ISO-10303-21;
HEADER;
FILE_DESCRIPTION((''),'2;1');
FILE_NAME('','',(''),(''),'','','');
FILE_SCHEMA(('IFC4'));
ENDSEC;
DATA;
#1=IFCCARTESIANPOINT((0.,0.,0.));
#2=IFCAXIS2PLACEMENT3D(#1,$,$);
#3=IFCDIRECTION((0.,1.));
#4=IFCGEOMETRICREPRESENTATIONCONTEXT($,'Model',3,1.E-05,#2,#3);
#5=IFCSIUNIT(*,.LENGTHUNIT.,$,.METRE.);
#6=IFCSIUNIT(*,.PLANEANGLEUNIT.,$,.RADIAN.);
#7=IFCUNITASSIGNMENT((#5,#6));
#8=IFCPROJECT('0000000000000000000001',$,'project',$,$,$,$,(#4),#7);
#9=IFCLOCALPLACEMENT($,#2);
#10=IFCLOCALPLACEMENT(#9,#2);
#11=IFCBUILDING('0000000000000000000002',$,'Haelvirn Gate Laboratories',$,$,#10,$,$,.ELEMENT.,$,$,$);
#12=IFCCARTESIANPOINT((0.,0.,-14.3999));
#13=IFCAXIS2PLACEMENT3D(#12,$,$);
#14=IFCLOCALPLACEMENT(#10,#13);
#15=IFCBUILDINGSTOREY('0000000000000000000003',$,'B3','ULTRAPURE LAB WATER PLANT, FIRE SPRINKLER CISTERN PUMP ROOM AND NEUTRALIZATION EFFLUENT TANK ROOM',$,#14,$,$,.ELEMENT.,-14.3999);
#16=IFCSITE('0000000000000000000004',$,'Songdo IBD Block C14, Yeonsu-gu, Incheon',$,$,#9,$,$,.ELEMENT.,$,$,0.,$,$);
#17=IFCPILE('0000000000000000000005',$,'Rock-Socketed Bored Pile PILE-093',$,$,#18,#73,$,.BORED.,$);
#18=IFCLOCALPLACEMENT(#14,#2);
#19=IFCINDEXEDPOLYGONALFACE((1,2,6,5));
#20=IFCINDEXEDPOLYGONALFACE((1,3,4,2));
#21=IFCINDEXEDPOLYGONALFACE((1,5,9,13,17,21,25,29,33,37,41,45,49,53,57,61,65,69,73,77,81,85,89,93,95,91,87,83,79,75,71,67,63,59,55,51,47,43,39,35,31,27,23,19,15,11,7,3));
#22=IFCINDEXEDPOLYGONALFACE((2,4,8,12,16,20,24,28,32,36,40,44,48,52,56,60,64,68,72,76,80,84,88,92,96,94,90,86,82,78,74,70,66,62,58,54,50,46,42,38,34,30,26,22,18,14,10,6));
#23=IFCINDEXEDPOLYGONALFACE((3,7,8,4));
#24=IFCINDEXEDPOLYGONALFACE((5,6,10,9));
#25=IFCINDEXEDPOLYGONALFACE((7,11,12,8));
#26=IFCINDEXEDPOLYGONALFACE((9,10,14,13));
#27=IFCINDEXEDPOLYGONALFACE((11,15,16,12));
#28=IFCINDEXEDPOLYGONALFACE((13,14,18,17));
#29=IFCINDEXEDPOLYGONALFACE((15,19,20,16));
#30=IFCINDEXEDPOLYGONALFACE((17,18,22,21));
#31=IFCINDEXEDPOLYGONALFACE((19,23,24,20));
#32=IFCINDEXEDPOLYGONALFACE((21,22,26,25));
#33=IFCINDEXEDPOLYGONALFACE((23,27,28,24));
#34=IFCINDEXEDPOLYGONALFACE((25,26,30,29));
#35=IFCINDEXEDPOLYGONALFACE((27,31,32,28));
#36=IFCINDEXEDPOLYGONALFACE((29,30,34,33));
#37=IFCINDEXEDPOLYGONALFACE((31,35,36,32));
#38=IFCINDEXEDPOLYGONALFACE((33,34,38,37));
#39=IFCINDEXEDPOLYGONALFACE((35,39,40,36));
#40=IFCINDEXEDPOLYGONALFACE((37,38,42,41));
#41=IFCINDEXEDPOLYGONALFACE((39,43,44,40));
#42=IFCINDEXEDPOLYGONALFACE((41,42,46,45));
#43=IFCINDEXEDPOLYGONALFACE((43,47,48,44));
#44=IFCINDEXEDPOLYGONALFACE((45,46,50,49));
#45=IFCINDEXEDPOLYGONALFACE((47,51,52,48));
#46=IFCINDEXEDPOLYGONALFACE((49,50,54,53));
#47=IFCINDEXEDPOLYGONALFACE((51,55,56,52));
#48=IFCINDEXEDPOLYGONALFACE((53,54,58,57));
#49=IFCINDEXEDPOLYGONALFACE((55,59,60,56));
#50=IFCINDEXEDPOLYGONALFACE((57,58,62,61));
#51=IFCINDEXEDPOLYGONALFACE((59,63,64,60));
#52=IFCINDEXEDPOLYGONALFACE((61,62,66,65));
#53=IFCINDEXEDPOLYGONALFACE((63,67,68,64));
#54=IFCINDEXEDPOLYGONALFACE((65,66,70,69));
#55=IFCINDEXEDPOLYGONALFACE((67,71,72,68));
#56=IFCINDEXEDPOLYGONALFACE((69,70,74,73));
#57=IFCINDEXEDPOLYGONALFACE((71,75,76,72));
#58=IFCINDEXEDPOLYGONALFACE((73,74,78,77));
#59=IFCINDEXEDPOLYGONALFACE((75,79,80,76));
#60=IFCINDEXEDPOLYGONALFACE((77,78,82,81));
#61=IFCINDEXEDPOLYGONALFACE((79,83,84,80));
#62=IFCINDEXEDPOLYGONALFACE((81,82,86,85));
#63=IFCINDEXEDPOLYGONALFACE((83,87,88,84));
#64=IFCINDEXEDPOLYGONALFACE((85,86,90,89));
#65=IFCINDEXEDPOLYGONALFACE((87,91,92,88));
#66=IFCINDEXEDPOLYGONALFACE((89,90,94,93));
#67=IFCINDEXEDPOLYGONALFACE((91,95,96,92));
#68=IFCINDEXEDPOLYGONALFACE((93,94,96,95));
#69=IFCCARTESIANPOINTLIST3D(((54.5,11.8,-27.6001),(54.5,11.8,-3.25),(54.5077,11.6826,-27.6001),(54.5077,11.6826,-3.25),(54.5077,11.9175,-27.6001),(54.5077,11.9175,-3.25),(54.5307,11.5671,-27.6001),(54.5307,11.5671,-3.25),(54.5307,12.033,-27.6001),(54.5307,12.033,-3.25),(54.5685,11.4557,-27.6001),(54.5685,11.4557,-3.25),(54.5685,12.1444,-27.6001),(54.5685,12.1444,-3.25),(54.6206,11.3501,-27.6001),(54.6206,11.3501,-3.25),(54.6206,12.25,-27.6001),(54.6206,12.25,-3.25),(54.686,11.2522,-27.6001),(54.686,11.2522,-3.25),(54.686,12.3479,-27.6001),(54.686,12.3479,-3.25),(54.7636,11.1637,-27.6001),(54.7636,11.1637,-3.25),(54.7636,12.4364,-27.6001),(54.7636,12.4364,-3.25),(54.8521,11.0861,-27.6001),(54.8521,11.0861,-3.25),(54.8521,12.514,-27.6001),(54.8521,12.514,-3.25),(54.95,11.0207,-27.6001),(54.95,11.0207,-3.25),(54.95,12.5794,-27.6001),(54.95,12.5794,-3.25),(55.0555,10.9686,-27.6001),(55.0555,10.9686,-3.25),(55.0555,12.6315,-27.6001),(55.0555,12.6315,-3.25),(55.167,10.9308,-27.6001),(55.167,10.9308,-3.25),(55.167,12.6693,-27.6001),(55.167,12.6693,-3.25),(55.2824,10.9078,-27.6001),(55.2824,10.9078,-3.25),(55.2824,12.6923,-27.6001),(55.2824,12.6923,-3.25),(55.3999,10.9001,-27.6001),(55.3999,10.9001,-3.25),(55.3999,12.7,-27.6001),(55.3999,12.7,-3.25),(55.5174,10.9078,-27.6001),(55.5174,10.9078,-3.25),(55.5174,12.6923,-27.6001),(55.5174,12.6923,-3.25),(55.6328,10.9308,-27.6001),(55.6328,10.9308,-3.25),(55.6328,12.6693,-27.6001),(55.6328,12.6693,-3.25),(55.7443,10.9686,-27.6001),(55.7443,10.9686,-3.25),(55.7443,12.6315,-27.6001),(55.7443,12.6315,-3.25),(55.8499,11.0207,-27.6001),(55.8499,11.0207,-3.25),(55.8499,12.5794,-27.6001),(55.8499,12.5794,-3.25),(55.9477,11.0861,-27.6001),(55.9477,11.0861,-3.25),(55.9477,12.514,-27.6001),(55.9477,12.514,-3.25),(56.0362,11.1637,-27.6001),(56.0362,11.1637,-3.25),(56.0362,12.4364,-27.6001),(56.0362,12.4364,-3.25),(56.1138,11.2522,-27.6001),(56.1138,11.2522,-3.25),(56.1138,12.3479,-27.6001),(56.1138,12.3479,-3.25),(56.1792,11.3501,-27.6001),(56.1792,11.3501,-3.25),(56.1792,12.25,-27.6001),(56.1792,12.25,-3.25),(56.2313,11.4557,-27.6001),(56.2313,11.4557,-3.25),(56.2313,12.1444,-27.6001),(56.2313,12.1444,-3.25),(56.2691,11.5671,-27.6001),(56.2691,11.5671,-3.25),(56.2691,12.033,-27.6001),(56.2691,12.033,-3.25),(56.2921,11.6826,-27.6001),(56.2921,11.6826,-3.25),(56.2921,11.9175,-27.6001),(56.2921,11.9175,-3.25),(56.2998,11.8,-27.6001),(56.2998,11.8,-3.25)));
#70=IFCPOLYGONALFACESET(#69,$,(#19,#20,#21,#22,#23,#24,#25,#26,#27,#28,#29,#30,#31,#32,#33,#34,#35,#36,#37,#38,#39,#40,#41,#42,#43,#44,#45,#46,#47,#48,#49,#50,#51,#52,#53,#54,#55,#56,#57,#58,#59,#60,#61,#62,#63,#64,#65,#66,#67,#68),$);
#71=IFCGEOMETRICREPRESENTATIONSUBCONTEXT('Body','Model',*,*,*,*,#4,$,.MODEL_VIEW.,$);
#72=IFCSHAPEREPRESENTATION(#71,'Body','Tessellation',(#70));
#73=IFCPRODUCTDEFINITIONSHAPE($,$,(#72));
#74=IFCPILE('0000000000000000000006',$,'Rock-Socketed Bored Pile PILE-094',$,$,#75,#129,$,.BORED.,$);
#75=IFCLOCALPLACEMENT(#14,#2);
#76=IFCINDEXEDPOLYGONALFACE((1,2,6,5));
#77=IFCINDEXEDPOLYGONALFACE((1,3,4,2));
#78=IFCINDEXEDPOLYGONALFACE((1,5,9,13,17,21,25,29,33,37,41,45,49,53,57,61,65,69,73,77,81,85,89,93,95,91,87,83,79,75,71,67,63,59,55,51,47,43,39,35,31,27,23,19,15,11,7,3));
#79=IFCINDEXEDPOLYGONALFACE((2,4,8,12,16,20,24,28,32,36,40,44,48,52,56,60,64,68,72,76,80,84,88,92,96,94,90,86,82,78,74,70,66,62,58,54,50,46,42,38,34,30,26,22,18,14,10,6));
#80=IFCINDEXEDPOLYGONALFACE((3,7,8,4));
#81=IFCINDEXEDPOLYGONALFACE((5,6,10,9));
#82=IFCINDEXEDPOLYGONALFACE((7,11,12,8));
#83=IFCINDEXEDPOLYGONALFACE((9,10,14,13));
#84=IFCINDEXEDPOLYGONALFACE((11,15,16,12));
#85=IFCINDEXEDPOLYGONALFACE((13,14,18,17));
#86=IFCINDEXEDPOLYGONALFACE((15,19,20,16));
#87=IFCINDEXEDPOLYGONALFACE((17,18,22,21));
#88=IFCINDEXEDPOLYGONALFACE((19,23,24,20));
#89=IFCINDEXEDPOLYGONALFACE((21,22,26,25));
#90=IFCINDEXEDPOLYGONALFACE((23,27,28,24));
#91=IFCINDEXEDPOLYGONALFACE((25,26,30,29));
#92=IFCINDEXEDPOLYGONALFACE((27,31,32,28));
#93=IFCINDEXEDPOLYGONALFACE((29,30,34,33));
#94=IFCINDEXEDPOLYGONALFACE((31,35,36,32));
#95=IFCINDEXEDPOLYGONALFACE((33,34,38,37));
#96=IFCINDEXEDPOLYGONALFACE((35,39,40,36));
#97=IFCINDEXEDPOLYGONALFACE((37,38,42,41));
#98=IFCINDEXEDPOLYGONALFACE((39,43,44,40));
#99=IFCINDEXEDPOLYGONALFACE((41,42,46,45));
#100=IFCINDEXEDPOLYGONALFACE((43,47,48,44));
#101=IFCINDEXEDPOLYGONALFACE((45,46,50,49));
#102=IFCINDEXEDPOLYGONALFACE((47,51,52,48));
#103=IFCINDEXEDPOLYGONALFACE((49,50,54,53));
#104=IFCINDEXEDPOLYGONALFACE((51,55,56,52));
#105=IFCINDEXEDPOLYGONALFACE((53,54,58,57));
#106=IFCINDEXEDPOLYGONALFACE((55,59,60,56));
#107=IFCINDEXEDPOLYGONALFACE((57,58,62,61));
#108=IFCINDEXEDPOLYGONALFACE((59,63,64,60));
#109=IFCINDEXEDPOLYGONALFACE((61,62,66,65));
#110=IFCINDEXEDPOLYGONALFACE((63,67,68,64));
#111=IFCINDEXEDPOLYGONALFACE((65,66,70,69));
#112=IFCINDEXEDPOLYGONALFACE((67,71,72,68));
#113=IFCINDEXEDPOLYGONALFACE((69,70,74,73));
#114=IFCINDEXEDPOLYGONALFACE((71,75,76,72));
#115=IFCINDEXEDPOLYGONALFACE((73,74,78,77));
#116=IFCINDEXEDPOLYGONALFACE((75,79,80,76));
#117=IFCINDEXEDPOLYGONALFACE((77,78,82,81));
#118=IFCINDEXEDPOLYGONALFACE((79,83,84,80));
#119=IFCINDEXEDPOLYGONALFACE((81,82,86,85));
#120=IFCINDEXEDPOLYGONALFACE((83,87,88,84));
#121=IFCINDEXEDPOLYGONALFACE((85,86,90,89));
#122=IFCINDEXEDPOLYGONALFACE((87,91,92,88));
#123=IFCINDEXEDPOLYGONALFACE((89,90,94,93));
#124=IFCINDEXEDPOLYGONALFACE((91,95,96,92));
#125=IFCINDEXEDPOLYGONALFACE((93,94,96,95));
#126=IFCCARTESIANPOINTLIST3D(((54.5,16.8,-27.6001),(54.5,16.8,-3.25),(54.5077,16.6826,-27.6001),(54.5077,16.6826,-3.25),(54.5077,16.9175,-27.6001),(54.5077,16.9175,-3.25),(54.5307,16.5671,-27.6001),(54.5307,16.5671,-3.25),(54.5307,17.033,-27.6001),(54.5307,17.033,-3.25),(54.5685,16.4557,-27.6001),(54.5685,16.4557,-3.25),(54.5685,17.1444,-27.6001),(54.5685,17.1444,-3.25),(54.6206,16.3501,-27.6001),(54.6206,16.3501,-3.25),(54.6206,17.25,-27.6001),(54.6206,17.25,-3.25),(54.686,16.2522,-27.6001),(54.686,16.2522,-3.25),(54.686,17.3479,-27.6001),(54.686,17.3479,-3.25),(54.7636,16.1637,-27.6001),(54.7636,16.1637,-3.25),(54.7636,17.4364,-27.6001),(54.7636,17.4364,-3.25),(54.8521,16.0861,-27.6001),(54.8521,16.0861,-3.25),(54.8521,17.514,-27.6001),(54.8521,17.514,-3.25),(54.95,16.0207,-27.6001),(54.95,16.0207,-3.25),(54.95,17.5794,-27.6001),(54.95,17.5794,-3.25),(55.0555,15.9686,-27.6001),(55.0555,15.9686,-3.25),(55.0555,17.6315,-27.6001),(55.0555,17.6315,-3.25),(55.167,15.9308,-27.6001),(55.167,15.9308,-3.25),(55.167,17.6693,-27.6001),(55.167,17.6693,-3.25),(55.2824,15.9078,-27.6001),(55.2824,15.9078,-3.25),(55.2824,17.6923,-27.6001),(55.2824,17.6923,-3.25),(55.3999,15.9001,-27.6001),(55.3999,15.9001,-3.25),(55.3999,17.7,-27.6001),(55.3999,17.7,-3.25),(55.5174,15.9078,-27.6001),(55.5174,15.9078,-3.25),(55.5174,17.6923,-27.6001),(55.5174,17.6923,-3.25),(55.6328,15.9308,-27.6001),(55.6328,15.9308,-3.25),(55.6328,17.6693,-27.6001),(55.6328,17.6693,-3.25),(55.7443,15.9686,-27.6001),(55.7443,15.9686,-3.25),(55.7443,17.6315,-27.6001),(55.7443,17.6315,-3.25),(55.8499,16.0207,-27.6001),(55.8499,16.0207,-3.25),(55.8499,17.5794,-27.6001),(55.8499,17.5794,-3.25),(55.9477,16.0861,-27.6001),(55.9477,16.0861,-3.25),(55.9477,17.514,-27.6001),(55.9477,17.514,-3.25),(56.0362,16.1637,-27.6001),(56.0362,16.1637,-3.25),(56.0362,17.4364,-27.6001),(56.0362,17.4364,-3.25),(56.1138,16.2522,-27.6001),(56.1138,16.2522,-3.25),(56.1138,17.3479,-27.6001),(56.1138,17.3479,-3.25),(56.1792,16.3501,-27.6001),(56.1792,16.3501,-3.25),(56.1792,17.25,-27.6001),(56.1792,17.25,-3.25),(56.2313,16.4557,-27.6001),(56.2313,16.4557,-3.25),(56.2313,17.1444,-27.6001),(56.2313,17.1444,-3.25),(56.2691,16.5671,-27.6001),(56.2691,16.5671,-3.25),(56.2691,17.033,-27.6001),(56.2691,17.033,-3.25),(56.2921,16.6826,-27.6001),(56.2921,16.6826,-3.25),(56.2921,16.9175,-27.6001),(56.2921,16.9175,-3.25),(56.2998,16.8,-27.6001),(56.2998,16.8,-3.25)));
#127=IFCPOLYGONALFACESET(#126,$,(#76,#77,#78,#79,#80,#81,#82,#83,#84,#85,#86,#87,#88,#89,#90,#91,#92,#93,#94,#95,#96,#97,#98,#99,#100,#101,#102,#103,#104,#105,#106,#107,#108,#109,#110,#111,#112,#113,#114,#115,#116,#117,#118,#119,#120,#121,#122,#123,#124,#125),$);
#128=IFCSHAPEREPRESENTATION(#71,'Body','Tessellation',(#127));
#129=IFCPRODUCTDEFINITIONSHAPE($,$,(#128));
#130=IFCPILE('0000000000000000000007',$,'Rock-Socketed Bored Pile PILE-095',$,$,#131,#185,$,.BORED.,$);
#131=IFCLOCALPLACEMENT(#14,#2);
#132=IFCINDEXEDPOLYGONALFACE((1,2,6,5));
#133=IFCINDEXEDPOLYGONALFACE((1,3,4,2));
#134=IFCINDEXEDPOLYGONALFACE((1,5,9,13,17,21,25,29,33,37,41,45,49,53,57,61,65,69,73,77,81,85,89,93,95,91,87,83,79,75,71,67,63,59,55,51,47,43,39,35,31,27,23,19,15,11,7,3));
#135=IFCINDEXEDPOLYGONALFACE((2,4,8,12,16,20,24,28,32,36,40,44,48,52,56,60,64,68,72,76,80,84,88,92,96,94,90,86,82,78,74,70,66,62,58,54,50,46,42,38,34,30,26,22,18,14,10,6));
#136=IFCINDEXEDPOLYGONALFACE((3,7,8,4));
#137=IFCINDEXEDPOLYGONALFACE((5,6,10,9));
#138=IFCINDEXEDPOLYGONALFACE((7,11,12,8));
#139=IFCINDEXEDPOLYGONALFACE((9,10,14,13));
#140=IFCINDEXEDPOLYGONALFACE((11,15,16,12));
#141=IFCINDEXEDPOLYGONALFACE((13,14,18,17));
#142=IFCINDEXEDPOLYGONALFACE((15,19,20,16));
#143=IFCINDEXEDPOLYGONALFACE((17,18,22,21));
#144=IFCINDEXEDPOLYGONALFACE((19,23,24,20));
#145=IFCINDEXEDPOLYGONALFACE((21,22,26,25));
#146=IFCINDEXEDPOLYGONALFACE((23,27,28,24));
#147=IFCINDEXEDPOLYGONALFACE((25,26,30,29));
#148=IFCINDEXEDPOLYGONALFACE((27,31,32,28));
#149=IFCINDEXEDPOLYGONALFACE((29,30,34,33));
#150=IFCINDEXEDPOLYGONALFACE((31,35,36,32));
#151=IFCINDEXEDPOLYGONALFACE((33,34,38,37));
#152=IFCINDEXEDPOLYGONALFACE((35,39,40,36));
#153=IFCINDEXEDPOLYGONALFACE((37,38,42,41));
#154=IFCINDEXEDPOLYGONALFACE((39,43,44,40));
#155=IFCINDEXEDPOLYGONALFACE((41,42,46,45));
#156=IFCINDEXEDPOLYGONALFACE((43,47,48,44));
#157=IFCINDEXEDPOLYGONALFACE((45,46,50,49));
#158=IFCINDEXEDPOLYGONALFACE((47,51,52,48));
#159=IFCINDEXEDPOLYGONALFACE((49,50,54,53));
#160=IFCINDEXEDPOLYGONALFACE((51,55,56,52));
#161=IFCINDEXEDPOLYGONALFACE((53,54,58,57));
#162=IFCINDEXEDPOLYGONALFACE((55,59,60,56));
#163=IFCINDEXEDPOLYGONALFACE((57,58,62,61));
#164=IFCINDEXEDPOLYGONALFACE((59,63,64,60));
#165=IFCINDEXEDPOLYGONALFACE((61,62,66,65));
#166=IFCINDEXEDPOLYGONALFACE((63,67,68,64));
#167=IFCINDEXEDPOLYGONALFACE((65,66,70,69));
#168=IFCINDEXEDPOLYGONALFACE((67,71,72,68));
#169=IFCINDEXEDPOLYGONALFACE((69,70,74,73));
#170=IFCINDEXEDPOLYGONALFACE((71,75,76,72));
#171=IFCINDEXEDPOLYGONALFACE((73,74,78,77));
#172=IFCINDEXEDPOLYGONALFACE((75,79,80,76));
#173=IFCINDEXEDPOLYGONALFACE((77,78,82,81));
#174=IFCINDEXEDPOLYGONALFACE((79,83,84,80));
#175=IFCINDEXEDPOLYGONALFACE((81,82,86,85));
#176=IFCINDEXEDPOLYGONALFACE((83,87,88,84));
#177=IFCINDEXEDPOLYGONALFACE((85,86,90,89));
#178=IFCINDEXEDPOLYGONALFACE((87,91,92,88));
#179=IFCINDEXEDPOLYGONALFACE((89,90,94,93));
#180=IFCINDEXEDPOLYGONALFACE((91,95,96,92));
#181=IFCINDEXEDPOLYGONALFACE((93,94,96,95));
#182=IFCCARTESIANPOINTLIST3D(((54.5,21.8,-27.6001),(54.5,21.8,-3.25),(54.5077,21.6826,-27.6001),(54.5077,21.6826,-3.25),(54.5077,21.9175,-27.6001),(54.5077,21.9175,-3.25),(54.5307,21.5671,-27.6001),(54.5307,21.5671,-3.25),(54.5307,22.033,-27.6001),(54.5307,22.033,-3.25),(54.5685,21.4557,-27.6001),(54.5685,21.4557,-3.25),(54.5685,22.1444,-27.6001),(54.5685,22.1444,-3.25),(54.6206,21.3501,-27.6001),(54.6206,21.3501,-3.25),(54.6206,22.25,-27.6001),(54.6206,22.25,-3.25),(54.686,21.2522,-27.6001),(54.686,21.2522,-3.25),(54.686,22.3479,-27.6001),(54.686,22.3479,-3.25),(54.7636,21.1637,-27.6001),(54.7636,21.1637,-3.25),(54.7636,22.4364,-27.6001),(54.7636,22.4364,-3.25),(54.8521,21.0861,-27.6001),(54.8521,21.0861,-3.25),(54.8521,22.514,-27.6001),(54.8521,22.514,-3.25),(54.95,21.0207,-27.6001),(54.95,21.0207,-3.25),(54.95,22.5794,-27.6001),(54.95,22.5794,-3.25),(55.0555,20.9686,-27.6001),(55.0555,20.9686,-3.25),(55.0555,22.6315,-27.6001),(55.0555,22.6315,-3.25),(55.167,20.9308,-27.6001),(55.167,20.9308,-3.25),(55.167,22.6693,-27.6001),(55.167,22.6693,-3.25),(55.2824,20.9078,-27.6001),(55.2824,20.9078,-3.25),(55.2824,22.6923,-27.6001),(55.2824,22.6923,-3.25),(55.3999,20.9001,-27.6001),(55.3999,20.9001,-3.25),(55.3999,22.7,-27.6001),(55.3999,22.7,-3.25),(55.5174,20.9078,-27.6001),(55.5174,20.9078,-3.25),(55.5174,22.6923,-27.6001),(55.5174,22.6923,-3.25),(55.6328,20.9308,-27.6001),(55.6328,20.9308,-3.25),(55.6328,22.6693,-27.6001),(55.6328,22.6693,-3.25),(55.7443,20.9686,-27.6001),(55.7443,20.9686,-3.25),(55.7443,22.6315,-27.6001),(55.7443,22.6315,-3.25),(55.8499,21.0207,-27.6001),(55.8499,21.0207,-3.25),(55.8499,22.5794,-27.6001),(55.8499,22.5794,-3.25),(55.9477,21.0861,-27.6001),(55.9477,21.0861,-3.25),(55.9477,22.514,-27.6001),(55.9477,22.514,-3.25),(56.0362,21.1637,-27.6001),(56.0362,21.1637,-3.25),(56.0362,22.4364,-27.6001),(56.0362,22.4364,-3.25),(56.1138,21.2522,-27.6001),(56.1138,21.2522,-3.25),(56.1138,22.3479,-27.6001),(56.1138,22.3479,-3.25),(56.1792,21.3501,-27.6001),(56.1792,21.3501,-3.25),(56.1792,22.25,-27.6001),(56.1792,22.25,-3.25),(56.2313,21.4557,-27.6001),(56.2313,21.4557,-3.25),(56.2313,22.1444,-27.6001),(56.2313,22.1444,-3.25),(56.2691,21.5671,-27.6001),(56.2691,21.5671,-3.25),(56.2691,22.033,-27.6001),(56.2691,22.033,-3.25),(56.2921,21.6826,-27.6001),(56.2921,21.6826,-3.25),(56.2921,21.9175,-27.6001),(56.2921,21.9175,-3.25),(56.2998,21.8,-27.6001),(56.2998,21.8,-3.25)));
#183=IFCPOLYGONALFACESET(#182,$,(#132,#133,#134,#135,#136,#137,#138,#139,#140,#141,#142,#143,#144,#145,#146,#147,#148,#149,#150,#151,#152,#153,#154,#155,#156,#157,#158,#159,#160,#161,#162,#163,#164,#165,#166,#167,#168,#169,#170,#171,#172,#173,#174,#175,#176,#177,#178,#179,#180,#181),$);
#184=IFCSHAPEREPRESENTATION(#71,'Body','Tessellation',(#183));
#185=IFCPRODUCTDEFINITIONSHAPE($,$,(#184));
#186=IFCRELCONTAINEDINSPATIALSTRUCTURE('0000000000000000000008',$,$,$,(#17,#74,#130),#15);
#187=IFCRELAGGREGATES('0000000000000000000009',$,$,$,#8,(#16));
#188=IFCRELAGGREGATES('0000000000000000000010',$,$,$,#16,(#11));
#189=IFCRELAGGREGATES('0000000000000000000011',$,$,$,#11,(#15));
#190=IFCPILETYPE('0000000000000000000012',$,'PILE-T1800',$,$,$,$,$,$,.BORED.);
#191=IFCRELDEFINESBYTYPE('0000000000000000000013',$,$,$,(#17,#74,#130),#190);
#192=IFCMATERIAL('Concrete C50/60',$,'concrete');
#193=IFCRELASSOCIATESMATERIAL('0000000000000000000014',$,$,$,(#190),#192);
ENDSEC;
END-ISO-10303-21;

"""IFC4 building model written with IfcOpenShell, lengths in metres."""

from ifc_helpers import new_model, si_unit, direction, frame, origin, origin_2d, place, context, subcontext, project, spatial, circle, extrude, source, transform, mapped, material, material_profile, profile_set, type_object, type_shapes, element, save


model = new_model("IFC4")

# Units and contexts
model_context = context("Model", 3, precision=1e-05, world=origin(), true_north=direction((0.0, 1.0)))
body_context = subcontext(model_context, "Body", "Model", "MODEL_VIEW")
ifc_project = project(units=[si_unit("LENGTHUNIT", "METRE"), si_unit("PLANEANGLEUNIT", "RADIAN")], contexts=[model_context])

# Site, building, storey
site_placement = place(None, origin())
site = spatial("IfcSite", under=ifc_project, at=site_placement, Name="Songdo IBD Block C14, Yeonsu-gu, Incheon", CompositionType="ELEMENT", RefElevation=0.0)
building_placement = place(site_placement, origin())
building = spatial("IfcBuilding", under=site, at=building_placement, Name="Haelvirn Gate Laboratories", CompositionType="ELEMENT")
storey_placement = place(building_placement, frame((0.0, 0.0, -14.3999)))
storey = spatial("IfcBuildingStorey", under=building, at=storey_placement, Name="B3", Description="ULTRAPURE LAB WATER PLANT, FIRE SPRINKLER CISTERN PUMP ROOM AND NEUTRALIZATION EFFLUENT TANK ROOM", CompositionType="ELEMENT", Elevation=-14.3999)

# Piles
ifc_material_1 = material(Name="Concrete C50/60", Category="concrete")
ifc_material_profile_1 = material_profile(ifc_material_1, circle(Radius=0.8999, at=origin_2d()), Name="PILE-D1800")
ifc_profile_set_1 = profile_set([ifc_material_profile_1], Name="Concrete C50/60")
pile_type_1 = type_object("IfcPileType", Name="PILE-T1800", PredefinedType="BORED", material=ifc_profile_set_1)
shared_shape_1 = source(origin(), body_context, "Body", "SweptSolid", [
    extrude(circle(Radius=0.8999, at=origin_2d()), origin(), (0.0, 0.0, 1.0), 24.3501),
])
type_shapes(pile_type_1, [shared_shape_1])
for number, where, z_axis, x_axis, name in (
    (1, (55.3999, 11.8, -3.25), (0.0, 0.0, -1.0), (1.0, 0.0, 0.0), "Rock-Socketed Bored Pile PILE-093"),
    (2, (55.3999, 16.8, -3.25), (0.0, 0.0, -1.0), (1.0, 0.0, 0.0), "Rock-Socketed Bored Pile PILE-094"),
    (3, (55.3999, 21.8, -3.25), (0.0, 0.0, -1.0), (1.0, 0.0, 0.0), "Rock-Socketed Bored Pile PILE-095"),
):
    element("IfcPile", number, at=place(storey_placement, frame(where, z_axis=z_axis, x_axis=x_axis)), inside=storey, type_object=pile_type_1, Name=name, PredefinedType="BORED", context=body_context, shape_type="MappedRepresentation", body=[
        mapped(shared_shape_1, transform((0.0, 0.0, 0.0), scale=1.0)),
    ])

save(model, "model.ifc")
